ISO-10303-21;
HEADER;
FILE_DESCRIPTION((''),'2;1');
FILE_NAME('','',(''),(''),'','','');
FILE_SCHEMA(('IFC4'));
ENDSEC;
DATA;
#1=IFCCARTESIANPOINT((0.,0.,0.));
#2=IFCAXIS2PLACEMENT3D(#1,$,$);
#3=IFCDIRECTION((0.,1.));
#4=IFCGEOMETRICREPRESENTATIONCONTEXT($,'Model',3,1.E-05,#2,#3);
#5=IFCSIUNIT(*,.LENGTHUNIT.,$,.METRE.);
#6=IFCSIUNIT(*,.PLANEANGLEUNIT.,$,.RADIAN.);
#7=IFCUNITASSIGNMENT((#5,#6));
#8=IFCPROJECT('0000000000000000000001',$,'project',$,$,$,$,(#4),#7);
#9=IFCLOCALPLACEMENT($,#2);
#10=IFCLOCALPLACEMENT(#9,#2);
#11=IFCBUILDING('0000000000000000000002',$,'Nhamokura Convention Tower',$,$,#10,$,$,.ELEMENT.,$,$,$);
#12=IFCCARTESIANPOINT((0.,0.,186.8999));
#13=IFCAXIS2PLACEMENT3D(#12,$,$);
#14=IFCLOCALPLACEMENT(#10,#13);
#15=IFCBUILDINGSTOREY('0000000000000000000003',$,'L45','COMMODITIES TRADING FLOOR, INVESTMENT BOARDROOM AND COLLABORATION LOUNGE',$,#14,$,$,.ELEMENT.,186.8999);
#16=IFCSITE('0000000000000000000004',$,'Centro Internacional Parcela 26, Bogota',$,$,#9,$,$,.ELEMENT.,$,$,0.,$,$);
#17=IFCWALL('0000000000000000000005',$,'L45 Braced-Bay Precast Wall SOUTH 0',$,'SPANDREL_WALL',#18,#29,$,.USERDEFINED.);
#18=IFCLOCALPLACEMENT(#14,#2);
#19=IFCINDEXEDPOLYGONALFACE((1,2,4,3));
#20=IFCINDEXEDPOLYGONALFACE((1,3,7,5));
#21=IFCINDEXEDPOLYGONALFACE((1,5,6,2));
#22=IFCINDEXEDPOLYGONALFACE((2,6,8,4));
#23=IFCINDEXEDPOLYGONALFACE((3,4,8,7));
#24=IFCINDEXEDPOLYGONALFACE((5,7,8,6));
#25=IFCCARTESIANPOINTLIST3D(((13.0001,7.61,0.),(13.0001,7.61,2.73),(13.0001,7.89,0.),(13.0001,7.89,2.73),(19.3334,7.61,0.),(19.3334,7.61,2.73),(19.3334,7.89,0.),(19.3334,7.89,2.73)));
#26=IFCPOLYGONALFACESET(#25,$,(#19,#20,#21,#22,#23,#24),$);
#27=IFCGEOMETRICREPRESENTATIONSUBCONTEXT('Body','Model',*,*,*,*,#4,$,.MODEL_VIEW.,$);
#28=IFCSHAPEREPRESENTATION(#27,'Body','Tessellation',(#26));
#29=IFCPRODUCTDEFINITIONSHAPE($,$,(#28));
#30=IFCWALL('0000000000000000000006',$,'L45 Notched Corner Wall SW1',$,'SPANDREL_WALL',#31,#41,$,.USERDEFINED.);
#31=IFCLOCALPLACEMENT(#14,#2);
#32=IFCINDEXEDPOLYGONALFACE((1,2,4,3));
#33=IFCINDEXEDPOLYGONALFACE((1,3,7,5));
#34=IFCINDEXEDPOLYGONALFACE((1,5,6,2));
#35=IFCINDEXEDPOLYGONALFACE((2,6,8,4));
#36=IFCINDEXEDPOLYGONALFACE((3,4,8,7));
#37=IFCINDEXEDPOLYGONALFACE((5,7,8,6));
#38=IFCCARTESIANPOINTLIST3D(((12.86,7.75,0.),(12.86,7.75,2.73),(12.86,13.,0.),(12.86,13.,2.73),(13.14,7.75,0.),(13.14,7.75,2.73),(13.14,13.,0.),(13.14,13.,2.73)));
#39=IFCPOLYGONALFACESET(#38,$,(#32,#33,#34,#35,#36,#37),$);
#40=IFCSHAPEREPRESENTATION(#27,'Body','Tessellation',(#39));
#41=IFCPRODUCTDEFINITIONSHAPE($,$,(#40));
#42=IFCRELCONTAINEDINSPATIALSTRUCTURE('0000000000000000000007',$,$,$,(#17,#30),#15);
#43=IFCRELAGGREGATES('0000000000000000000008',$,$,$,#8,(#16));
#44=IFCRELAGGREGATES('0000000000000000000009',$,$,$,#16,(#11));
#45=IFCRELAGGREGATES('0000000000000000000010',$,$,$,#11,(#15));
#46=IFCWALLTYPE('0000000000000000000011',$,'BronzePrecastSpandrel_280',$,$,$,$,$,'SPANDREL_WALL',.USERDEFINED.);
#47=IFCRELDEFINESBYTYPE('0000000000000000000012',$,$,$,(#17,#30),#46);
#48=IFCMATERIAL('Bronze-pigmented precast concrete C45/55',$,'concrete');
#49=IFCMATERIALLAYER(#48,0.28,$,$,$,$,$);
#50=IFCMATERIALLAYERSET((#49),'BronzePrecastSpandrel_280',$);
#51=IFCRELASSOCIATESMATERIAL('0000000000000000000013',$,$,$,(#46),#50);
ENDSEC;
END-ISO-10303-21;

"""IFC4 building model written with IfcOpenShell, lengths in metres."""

from ifc_helpers import new_model, si_unit, direction, frame, frame_2d, origin, place, context, subcontext, project, spatial, rectangle, extrude, material, layer, layer_set, type_object, element, save


model = new_model("IFC4")

# Units and contexts
model_context = context("Model", 3, precision=1e-05, world=origin(), true_north=direction((0.0, 1.0)))
body_context = subcontext(model_context, "Body", "Model", "MODEL_VIEW")
ifc_project = project(units=[si_unit("LENGTHUNIT", "METRE"), si_unit("PLANEANGLEUNIT", "RADIAN")], contexts=[model_context])

# Site, building, storey
site_placement = place(None, origin())
site = spatial("IfcSite", under=ifc_project, at=site_placement, Name="Centro Internacional Parcela 26, Bogota", CompositionType="ELEMENT", RefElevation=0.0)
building_placement = place(site_placement, origin())
building = spatial("IfcBuilding", under=site, at=building_placement, Name="Nhamokura Convention Tower", CompositionType="ELEMENT")
storey_placement = place(building_placement, frame((0.0, 0.0, 186.8999)))
storey = spatial("IfcBuildingStorey", under=building, at=storey_placement, Name="L45", Description="COMMODITIES TRADING FLOOR, INVESTMENT BOARDROOM AND COLLABORATION LOUNGE", CompositionType="ELEMENT", Elevation=186.8999)

# Walls
ifc_material_1 = material(Name="Bronze-pigmented precast concrete C45/55", Category="concrete")
ifc_layer = layer(ifc_material_1, 0.28)
ifc_layer_set = layer_set([ifc_layer], Name="BronzePrecastSpandrel_280")
wall_type = type_object("IfcWallType", Name="BronzePrecastSpandrel_280", ElementType="SPANDREL_WALL", PredefinedType="USERDEFINED", material=ifc_layer_set)
wall_1_placement = place(storey_placement, frame((19.3333, 7.75, 0.0), z_axis=(0.0, 0.0, 1.0), x_axis=(-1.0, 0.0, 0.0)))
element("IfcWall", 1, at=wall_1_placement, inside=storey, type_object=wall_type, Name="L45 Braced-Bay Precast Wall SOUTH 0", ObjectType="SPANDREL_WALL", PredefinedType="USERDEFINED", context=body_context, shape_type="SweptSolid", body=[
    extrude(rectangle(XDim=6.3333, YDim=0.28, at=frame_2d((3.1665, 0.0))), origin(), (0.0, 0.0, 1.0), 2.73),
])
wall_2_placement = place(storey_placement, frame((13.0, 7.75, 0.0), z_axis=(0.0, 0.0, 1.0), x_axis=(0.0, 1.0, 0.0)))
element("IfcWall", 2, at=wall_2_placement, inside=storey, type_object=wall_type, Name="L45 Notched Corner Wall SW1", ObjectType="SPANDREL_WALL", PredefinedType="USERDEFINED", context=body_context, shape_type="SweptSolid", body=[
    extrude(rectangle(XDim=5.25, YDim=0.28, at=frame_2d((2.625, 0.0))), origin(), (0.0, 0.0, 1.0), 2.73),
])

save(model, "model.ifc")
